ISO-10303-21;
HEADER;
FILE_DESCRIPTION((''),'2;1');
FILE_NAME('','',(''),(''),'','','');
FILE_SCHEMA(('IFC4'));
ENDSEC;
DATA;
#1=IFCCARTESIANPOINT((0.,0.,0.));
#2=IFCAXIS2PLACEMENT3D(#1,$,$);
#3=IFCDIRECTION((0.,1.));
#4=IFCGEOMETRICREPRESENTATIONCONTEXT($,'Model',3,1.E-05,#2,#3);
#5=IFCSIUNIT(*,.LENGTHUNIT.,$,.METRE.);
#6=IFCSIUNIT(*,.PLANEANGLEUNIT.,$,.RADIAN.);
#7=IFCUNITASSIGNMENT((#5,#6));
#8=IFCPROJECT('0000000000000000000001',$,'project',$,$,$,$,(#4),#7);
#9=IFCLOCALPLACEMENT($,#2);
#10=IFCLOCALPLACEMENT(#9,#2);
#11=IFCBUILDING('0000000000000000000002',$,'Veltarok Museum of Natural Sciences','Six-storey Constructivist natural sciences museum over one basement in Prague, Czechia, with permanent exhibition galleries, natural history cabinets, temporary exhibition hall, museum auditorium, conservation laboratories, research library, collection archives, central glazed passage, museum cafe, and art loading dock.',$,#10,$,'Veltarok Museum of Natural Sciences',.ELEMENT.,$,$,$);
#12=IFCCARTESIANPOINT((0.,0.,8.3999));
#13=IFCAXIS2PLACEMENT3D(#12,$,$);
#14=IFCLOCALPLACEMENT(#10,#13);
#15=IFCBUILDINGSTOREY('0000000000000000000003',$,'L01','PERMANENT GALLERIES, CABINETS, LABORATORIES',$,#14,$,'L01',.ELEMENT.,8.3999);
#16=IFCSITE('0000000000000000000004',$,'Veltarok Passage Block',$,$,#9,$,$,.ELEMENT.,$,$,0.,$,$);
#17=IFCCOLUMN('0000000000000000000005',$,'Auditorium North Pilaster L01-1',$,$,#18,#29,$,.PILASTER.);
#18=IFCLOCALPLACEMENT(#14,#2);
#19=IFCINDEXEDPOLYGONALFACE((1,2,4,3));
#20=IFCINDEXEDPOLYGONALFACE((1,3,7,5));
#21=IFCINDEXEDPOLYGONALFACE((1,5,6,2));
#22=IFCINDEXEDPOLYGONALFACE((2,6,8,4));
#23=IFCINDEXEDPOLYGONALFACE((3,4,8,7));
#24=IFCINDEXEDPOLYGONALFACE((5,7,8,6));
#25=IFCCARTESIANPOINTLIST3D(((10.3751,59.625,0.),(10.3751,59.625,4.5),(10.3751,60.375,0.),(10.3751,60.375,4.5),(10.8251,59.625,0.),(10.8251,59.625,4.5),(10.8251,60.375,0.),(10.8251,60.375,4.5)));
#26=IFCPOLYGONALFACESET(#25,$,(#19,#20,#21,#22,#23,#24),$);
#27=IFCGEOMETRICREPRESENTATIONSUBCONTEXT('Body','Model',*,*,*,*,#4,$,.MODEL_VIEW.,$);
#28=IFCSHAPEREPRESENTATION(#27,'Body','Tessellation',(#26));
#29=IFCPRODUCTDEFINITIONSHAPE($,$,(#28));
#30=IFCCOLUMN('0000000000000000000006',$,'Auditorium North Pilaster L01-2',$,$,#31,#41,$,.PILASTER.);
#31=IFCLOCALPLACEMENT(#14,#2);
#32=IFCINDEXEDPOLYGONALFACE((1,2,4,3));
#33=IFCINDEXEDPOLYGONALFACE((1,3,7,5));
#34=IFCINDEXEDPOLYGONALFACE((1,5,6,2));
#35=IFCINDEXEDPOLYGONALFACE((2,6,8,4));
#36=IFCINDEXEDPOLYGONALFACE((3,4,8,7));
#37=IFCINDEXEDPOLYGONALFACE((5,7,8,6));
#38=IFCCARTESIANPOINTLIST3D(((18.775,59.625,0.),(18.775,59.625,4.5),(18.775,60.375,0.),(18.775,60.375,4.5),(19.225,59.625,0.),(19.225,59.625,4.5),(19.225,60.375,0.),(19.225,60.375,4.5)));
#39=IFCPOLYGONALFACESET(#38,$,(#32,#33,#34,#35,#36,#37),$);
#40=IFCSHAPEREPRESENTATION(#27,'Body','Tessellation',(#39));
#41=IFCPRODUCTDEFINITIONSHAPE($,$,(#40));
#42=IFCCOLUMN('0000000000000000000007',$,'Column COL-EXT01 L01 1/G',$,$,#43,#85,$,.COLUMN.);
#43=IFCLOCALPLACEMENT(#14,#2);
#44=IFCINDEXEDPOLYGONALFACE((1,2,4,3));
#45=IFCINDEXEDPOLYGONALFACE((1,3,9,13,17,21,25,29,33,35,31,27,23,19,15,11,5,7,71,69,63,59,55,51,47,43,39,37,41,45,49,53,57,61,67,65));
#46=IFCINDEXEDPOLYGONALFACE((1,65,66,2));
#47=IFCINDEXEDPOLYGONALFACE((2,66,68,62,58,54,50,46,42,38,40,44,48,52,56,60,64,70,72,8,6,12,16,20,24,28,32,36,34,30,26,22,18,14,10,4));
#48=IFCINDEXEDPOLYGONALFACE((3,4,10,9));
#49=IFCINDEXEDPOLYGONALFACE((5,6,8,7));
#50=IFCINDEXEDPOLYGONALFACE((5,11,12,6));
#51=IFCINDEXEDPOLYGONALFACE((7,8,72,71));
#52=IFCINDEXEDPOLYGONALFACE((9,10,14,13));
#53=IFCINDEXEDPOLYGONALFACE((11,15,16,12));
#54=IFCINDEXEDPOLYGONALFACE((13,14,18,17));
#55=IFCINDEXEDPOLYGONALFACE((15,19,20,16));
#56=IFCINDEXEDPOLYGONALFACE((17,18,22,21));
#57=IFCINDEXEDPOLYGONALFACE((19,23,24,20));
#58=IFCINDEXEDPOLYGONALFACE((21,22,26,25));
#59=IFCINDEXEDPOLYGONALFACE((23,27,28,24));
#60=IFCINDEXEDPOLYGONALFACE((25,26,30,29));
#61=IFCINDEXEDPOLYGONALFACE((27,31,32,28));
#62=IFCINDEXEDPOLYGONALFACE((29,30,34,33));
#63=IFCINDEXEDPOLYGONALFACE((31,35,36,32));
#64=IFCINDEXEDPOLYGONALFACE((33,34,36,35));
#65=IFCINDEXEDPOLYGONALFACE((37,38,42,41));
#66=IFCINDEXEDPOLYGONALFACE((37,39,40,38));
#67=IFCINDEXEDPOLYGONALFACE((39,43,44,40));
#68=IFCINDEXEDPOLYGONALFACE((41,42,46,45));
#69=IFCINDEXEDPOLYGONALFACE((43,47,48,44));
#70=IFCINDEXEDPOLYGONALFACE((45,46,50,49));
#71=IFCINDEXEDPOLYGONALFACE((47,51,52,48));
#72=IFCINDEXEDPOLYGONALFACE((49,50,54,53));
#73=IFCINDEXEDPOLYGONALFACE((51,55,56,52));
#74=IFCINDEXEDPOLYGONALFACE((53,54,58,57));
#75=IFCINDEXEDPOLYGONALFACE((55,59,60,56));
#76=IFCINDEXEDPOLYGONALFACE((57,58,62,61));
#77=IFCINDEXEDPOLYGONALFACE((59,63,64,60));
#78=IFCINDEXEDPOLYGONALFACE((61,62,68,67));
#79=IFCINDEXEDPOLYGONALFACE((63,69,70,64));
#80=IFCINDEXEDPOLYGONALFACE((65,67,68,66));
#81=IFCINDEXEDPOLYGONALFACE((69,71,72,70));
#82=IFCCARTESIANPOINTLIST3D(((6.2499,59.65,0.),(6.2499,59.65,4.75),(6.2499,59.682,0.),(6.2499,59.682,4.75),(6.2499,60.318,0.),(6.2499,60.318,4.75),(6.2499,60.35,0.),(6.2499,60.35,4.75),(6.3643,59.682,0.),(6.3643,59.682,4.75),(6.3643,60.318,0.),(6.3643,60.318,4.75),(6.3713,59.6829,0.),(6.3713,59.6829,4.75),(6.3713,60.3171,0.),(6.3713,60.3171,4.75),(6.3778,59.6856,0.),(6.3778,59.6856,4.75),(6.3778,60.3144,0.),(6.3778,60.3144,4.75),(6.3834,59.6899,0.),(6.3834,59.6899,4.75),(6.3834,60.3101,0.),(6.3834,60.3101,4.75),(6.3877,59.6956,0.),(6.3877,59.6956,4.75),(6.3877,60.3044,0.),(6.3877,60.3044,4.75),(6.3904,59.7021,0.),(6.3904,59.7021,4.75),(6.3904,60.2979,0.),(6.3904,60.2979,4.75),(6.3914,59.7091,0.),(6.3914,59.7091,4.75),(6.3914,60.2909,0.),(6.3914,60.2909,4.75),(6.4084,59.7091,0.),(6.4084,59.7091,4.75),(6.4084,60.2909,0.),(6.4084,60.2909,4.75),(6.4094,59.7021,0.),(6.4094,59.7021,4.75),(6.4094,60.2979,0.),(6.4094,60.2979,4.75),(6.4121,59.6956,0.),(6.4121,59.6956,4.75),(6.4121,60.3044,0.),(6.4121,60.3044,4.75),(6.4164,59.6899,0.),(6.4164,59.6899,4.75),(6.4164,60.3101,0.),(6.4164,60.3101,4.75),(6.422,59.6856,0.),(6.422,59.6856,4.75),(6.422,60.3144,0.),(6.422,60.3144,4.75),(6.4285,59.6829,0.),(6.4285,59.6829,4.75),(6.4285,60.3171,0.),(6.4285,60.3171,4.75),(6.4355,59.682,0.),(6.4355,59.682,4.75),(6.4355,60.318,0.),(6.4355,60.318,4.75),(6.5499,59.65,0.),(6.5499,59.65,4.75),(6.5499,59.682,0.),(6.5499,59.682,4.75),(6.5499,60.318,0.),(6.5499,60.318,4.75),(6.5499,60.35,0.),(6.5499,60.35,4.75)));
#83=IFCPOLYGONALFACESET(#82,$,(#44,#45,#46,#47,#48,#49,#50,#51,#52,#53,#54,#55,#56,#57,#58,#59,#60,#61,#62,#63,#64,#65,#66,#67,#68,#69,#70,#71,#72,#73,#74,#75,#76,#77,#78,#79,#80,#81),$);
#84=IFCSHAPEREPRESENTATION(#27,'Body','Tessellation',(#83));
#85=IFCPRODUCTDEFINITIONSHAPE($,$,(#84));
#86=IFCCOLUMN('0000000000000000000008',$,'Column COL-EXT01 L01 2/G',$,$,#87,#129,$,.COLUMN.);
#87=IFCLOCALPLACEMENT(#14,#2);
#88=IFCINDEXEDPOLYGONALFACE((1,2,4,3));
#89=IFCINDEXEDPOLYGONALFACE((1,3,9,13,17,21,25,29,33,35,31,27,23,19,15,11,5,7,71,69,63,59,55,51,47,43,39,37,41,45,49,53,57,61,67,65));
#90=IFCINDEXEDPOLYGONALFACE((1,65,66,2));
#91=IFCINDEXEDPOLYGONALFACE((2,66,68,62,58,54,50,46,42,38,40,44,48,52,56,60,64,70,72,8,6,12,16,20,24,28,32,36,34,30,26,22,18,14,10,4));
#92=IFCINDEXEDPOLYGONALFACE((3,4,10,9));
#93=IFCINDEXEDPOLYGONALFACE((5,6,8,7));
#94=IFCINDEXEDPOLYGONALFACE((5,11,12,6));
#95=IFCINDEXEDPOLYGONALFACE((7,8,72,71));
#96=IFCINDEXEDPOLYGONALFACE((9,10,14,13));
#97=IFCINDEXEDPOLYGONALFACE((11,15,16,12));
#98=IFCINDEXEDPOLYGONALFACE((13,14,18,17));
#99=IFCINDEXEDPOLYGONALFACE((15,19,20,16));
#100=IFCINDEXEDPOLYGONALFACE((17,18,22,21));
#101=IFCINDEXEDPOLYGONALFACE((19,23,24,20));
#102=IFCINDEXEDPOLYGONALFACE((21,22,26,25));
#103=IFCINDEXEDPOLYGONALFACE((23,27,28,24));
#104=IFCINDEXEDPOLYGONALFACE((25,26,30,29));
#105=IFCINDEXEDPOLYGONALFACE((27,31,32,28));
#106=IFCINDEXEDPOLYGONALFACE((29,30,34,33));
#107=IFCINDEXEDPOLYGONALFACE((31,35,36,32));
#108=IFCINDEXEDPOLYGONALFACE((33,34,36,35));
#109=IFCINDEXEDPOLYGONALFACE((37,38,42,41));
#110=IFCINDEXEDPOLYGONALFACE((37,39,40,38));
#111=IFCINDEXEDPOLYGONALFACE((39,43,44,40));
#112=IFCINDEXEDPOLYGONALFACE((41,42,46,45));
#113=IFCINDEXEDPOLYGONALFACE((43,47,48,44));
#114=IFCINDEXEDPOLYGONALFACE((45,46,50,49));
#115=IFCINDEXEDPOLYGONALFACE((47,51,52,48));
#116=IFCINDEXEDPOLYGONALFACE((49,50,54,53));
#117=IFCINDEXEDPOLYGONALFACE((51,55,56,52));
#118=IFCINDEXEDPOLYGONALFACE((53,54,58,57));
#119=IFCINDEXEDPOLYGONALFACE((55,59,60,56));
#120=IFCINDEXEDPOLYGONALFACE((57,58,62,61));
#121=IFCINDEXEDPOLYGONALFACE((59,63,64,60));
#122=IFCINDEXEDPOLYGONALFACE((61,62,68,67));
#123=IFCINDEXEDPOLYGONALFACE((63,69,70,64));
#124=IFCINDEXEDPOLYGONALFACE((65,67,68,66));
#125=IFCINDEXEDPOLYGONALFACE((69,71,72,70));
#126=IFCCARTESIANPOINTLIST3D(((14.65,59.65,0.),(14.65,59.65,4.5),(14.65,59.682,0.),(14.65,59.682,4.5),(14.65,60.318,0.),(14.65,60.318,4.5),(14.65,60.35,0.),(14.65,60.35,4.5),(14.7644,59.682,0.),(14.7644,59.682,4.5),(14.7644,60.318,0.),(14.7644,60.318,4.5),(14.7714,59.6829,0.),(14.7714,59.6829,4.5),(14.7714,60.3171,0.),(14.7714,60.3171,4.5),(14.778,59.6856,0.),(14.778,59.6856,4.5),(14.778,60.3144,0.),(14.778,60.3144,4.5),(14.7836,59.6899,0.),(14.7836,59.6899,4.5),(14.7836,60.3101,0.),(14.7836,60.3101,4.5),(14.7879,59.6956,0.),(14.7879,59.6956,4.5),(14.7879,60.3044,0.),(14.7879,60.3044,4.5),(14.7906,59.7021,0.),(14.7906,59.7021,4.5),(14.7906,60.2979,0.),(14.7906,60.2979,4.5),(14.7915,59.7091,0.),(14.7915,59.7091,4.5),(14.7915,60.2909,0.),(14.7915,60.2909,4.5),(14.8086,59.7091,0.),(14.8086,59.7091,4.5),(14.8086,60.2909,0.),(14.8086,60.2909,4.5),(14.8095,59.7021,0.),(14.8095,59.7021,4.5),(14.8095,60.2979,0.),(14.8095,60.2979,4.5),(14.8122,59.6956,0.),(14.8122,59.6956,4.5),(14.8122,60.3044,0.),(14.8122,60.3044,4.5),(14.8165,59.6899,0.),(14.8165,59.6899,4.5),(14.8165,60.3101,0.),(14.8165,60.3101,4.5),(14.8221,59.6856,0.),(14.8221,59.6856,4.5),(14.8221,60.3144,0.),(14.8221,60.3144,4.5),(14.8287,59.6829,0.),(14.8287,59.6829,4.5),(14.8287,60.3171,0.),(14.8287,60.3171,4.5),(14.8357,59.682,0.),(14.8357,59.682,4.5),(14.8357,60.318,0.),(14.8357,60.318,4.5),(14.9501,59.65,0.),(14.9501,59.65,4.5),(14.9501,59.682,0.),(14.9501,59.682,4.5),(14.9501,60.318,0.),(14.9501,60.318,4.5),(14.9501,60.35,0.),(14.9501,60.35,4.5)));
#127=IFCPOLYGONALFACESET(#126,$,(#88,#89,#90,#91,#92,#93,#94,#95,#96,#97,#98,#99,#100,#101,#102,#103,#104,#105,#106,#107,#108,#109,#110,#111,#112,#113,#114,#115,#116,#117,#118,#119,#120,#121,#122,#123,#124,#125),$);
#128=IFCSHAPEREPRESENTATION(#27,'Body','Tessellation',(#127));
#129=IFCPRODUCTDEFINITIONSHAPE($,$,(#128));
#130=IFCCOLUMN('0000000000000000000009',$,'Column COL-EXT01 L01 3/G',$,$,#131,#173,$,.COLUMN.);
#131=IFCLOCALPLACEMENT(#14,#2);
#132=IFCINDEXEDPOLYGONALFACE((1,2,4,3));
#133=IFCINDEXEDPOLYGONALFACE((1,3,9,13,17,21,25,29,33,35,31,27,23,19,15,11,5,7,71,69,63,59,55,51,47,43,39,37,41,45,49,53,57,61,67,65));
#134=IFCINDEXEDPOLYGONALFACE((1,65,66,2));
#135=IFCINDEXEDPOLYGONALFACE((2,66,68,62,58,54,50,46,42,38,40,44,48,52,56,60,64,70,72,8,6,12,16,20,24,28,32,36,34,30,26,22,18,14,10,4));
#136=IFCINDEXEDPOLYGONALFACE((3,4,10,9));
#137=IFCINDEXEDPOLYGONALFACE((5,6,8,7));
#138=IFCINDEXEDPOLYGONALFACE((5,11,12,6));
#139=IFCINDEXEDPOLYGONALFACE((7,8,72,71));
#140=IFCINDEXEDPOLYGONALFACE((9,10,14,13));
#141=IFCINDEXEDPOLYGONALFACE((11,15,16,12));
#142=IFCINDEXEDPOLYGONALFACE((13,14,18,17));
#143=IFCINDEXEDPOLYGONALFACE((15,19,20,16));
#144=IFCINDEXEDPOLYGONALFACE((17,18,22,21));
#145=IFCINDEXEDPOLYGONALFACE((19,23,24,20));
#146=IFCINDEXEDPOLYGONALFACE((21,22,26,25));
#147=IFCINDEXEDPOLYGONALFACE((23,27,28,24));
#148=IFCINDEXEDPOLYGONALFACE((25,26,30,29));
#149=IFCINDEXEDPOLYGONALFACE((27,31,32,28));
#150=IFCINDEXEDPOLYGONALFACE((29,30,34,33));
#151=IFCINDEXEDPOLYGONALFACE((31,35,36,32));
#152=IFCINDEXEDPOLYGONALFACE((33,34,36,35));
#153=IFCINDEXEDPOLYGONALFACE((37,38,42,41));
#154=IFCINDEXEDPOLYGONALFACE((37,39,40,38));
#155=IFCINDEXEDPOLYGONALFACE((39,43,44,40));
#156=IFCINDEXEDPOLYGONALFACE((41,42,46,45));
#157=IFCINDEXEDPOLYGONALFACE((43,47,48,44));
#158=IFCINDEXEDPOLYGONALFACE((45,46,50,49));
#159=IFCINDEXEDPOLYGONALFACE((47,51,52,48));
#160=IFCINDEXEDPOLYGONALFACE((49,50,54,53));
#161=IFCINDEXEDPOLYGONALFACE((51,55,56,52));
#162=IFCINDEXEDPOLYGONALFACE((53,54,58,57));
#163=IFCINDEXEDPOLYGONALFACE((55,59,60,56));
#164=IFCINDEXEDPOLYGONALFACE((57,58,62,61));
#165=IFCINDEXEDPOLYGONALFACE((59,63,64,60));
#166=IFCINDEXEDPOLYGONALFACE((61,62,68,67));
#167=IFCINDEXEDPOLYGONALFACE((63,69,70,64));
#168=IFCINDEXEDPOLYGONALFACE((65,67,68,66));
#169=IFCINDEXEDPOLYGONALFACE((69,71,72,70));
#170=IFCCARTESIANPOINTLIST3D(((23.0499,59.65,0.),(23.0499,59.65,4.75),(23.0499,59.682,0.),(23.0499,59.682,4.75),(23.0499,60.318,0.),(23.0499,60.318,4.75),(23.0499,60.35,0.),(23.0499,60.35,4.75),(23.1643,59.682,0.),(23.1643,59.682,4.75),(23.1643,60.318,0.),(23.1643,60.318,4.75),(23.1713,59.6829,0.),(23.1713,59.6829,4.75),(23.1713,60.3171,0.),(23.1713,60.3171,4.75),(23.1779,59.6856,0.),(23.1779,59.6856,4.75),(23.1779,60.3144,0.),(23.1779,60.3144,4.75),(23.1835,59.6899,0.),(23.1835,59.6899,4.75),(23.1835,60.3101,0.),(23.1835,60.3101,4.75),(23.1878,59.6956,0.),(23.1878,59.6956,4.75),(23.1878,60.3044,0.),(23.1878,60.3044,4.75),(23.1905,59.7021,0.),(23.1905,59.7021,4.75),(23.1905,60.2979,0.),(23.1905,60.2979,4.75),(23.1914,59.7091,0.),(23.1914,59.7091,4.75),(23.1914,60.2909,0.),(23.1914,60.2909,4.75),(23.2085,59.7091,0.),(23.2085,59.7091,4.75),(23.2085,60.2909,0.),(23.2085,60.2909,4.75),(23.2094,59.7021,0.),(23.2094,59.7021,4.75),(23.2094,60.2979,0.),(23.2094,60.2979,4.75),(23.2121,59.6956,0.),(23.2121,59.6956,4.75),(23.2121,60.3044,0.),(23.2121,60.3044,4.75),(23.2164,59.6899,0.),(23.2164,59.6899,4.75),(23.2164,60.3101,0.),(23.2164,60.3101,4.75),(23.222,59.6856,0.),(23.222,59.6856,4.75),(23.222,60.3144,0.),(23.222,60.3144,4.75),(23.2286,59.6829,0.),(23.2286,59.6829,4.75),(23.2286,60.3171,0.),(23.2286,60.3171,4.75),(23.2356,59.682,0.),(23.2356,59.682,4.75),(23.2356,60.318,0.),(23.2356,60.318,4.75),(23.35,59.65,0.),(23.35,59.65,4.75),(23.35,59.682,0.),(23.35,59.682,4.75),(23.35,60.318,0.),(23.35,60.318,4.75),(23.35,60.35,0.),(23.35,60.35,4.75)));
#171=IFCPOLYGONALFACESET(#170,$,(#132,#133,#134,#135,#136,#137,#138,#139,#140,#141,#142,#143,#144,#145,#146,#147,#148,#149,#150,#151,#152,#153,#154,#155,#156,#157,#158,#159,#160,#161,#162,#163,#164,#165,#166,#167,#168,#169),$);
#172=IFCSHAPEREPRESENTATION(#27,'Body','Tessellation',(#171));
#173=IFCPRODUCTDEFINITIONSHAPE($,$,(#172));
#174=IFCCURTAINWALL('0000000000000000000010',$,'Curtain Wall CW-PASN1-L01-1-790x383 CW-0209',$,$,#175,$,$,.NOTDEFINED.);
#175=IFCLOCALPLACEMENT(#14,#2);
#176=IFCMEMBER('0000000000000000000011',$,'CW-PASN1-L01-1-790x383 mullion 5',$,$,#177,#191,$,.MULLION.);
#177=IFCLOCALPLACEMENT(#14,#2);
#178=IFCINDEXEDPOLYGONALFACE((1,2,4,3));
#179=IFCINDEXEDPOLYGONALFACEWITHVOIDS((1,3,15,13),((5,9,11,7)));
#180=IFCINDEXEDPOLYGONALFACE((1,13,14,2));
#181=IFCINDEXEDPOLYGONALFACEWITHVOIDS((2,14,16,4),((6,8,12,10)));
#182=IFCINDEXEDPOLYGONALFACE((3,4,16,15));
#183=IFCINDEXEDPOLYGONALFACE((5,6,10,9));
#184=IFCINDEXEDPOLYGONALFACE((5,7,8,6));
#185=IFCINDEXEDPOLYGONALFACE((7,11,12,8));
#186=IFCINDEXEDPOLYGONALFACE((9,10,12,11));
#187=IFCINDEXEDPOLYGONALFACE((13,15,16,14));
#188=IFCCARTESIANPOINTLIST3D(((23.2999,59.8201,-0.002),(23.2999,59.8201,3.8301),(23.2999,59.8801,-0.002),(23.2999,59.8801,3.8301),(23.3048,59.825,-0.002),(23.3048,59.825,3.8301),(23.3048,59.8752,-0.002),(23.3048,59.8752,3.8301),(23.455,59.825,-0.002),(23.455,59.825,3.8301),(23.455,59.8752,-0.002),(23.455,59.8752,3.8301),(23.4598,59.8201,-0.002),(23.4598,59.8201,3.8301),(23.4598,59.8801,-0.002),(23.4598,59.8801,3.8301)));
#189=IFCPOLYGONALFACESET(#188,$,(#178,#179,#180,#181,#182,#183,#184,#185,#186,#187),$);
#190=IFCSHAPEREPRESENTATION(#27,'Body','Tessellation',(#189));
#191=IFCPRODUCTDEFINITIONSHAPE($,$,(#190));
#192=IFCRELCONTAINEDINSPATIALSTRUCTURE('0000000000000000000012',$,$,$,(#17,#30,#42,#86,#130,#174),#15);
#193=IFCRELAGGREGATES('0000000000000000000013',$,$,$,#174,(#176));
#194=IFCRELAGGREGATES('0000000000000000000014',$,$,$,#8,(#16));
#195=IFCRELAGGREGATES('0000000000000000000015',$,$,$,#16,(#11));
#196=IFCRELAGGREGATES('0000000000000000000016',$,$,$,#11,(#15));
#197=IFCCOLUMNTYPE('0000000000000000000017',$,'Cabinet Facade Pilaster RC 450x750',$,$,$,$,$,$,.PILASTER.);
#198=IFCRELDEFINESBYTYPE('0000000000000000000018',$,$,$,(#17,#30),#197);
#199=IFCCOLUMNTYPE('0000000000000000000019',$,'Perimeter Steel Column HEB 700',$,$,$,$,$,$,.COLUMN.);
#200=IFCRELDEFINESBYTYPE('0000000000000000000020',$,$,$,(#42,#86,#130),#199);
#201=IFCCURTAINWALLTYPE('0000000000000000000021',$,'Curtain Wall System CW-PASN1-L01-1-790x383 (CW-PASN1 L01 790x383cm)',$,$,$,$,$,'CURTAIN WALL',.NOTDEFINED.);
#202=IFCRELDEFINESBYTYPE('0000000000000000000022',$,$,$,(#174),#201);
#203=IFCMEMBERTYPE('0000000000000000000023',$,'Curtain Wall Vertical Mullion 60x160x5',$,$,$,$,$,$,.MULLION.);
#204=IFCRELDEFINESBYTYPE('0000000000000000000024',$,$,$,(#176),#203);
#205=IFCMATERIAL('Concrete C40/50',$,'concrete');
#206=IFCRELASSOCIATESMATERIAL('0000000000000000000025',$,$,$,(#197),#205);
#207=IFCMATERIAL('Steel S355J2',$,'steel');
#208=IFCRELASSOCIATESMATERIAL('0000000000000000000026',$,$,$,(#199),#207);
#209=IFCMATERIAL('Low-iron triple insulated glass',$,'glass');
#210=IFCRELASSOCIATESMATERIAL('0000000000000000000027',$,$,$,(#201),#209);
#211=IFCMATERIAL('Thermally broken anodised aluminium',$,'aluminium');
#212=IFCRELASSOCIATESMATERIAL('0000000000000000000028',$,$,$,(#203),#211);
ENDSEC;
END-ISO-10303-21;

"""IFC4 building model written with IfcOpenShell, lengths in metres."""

from ifc_helpers import new_model, si_unit, direction, frame, origin, origin_2d, place, context, subcontext, project, spatial, rectangle, hollow_rectangle, i_section, extrude, material, material_profile, profile_set, type_object, element, aggregate, save


model = new_model("IFC4")

# Units and contexts
model_context = context("Model", 3, precision=1e-05, world=origin(), true_north=direction((0.0, 1.0)))
body_context = subcontext(model_context, "Body", "Model", "MODEL_VIEW")
ifc_project = project(units=[si_unit("LENGTHUNIT", "METRE"), si_unit("PLANEANGLEUNIT", "RADIAN")], contexts=[model_context])

# Site, building, storey
site_placement = place(None, origin())
site = spatial("IfcSite", under=ifc_project, at=site_placement, Name="Veltarok Passage Block", CompositionType="ELEMENT", RefElevation=0.0)
building_placement = place(site_placement, origin())
building = spatial("IfcBuilding", under=site, at=building_placement, Name="Veltarok Museum of Natural Sciences", Description="Six-storey Constructivist natural sciences museum over one basement in Prague, Czechia, with permanent exhibition galleries, natural history cabinets, temporary exhibition hall, museum auditorium, conservation laboratories, research library, collection archives, central glazed passage, museum cafe, and art loading dock.", LongName="Veltarok Museum of Natural Sciences", CompositionType="ELEMENT")
storey_placement = place(building_placement, frame((0.0, 0.0, 8.3999)))
storey = spatial("IfcBuildingStorey", under=building, at=storey_placement, Name="L01", Description="PERMANENT GALLERIES, CABINETS, LABORATORIES", LongName="L01", CompositionType="ELEMENT", Elevation=8.3999)

# Columns
ifc_material_1 = material(Name="Concrete C40/50", Category="concrete")
ifc_material_profile_1 = material_profile(ifc_material_1, rectangle(XDim=0.45, YDim=0.75, at=origin_2d()), Name="RC 450x750")
ifc_profile_set_1 = profile_set([ifc_material_profile_1], Name="Concrete C40/50")
column_type_1 = type_object("IfcColumnType", Name="Cabinet Facade Pilaster RC 450x750", PredefinedType="PILASTER", material=ifc_profile_set_1)
for number, where, z_axis, x_axis, name in (
    (1, (10.6001, 60.0, 0.0), (0.0, 0.0, 1.0), (1.0, 0.0, 0.0), "Auditorium North Pilaster L01-1"),
    (2, (19.0, 60.0, 0.0), (0.0, 0.0, 1.0), (1.0, 0.0, 0.0), "Auditorium North Pilaster L01-2"),
):
    element("IfcColumn", number, at=place(storey_placement, frame(where, z_axis=z_axis, x_axis=x_axis)), inside=storey, type_object=column_type_1, Name=name, PredefinedType="PILASTER", context=body_context, shape_type="SweptSolid", body=[
        extrude(rectangle(XDim=0.45, YDim=0.75, at=origin_2d()), origin(), (0.0, 0.0, 1.0), 4.5),
    ])
ifc_material_2 = material(Name="Steel S355J2", Category="steel")
ifc_material_profile_2 = material_profile(ifc_material_2, i_section(OverallWidth=0.3, OverallDepth=0.7, WebThickness=0.0171, FlangeThickness=0.032, FilletRadius=0.0271, at=origin_2d()), Name="HEB 700")
ifc_profile_set_2 = profile_set([ifc_material_profile_2], Name="Steel S355J2")
column_type_2 = type_object("IfcColumnType", Name="Perimeter Steel Column HEB 700", PredefinedType="COLUMN", material=ifc_profile_set_2)
column_1_placement = place(storey_placement, frame((6.3999, 60.0, 0.0), z_axis=(0.0, 0.0, 1.0), x_axis=(1.0, 0.0, 0.0)))
element("IfcColumn", 3, at=column_1_placement, inside=storey, type_object=column_type_2, Name="Column COL-EXT01 L01 1/G", PredefinedType="COLUMN", context=body_context, shape_type="SweptSolid", body=[
    extrude(i_section(OverallWidth=0.3, OverallDepth=0.7, WebThickness=0.0171, FlangeThickness=0.032, FilletRadius=0.0271, at=origin_2d()), origin(), (0.0, 0.0, 1.0), 4.75),
])
column_2_placement = place(storey_placement, frame((14.8, 60.0, 0.0), z_axis=(0.0, 0.0, 1.0), x_axis=(1.0, 0.0, 0.0)))
element("IfcColumn", 4, at=column_2_placement, inside=storey, type_object=column_type_2, Name="Column COL-EXT01 L01 2/G", PredefinedType="COLUMN", context=body_context, shape_type="SweptSolid", body=[
    extrude(i_section(OverallWidth=0.3, OverallDepth=0.7, WebThickness=0.0171, FlangeThickness=0.032, FilletRadius=0.0271, at=origin_2d()), origin(), (0.0, 0.0, 1.0), 4.5),
])
column_3_placement = place(storey_placement, frame((23.2, 60.0, 0.0), z_axis=(0.0, 0.0, 1.0), x_axis=(1.0, 0.0, 0.0)))
element("IfcColumn", 5, at=column_3_placement, inside=storey, type_object=column_type_2, Name="Column COL-EXT01 L01 3/G", PredefinedType="COLUMN", context=body_context, shape_type="SweptSolid", body=[
    extrude(i_section(OverallWidth=0.3, OverallDepth=0.7, WebThickness=0.0171, FlangeThickness=0.032, FilletRadius=0.0271, at=origin_2d()), origin(), (0.0, 0.0, 1.0), 4.75),
])

# Curtain wall, member
ifc_material_3 = material(Name="Low-iron triple insulated glass", Category="glass")
curtain_wall_type = type_object("IfcCurtainWallType", Name="Curtain Wall System CW-PASN1-L01-1-790x383 (CW-PASN1 L01 790x383cm)", ElementType="CURTAIN WALL", PredefinedType="NOTDEFINED", material=ifc_material_3)
curtain_wall_placement = place(storey_placement, origin())
curtain_wall = element("IfcCurtainWall", 6, at=curtain_wall_placement, inside=storey, type_object=curtain_wall_type, Name="Curtain Wall CW-PASN1-L01-1-790x383 CW-0209", PredefinedType="NOTDEFINED")
ifc_material_4 = material(Name="Thermally broken anodised aluminium", Category="aluminium")
ifc_material_profile_3 = material_profile(ifc_material_4, hollow_rectangle(XDim=0.0601, YDim=0.1599, WallThickness=0.0049, at=origin_2d()), Name="CW MULLION 60x160x5")
ifc_profile_set_3 = profile_set([ifc_material_profile_3], Name="Thermally broken anodised aluminium")
member_type_1 = type_object("IfcMemberType", Name="Curtain Wall Vertical Mullion 60x160x5", PredefinedType="MULLION", material=ifc_profile_set_3)
member_placement = place(storey_placement, frame((23.3799, 59.8501, -0.002), z_axis=(0.0, 0.0, 1.0), x_axis=(0.0, -1.0, 0.0)))
member = element("IfcMember", 7, at=member_placement, type_object=member_type_1, Name="CW-PASN1-L01-1-790x383 mullion 5", PredefinedType="MULLION", context=body_context, shape_type="SweptSolid", body=[
    extrude(hollow_rectangle(XDim=0.0601, YDim=0.1599, WallThickness=0.0049, at=origin_2d()), origin(), (0.0, 0.0, 1.0), 3.832),
])
aggregate(curtain_wall, [member])

save(model, "model.ifc")
